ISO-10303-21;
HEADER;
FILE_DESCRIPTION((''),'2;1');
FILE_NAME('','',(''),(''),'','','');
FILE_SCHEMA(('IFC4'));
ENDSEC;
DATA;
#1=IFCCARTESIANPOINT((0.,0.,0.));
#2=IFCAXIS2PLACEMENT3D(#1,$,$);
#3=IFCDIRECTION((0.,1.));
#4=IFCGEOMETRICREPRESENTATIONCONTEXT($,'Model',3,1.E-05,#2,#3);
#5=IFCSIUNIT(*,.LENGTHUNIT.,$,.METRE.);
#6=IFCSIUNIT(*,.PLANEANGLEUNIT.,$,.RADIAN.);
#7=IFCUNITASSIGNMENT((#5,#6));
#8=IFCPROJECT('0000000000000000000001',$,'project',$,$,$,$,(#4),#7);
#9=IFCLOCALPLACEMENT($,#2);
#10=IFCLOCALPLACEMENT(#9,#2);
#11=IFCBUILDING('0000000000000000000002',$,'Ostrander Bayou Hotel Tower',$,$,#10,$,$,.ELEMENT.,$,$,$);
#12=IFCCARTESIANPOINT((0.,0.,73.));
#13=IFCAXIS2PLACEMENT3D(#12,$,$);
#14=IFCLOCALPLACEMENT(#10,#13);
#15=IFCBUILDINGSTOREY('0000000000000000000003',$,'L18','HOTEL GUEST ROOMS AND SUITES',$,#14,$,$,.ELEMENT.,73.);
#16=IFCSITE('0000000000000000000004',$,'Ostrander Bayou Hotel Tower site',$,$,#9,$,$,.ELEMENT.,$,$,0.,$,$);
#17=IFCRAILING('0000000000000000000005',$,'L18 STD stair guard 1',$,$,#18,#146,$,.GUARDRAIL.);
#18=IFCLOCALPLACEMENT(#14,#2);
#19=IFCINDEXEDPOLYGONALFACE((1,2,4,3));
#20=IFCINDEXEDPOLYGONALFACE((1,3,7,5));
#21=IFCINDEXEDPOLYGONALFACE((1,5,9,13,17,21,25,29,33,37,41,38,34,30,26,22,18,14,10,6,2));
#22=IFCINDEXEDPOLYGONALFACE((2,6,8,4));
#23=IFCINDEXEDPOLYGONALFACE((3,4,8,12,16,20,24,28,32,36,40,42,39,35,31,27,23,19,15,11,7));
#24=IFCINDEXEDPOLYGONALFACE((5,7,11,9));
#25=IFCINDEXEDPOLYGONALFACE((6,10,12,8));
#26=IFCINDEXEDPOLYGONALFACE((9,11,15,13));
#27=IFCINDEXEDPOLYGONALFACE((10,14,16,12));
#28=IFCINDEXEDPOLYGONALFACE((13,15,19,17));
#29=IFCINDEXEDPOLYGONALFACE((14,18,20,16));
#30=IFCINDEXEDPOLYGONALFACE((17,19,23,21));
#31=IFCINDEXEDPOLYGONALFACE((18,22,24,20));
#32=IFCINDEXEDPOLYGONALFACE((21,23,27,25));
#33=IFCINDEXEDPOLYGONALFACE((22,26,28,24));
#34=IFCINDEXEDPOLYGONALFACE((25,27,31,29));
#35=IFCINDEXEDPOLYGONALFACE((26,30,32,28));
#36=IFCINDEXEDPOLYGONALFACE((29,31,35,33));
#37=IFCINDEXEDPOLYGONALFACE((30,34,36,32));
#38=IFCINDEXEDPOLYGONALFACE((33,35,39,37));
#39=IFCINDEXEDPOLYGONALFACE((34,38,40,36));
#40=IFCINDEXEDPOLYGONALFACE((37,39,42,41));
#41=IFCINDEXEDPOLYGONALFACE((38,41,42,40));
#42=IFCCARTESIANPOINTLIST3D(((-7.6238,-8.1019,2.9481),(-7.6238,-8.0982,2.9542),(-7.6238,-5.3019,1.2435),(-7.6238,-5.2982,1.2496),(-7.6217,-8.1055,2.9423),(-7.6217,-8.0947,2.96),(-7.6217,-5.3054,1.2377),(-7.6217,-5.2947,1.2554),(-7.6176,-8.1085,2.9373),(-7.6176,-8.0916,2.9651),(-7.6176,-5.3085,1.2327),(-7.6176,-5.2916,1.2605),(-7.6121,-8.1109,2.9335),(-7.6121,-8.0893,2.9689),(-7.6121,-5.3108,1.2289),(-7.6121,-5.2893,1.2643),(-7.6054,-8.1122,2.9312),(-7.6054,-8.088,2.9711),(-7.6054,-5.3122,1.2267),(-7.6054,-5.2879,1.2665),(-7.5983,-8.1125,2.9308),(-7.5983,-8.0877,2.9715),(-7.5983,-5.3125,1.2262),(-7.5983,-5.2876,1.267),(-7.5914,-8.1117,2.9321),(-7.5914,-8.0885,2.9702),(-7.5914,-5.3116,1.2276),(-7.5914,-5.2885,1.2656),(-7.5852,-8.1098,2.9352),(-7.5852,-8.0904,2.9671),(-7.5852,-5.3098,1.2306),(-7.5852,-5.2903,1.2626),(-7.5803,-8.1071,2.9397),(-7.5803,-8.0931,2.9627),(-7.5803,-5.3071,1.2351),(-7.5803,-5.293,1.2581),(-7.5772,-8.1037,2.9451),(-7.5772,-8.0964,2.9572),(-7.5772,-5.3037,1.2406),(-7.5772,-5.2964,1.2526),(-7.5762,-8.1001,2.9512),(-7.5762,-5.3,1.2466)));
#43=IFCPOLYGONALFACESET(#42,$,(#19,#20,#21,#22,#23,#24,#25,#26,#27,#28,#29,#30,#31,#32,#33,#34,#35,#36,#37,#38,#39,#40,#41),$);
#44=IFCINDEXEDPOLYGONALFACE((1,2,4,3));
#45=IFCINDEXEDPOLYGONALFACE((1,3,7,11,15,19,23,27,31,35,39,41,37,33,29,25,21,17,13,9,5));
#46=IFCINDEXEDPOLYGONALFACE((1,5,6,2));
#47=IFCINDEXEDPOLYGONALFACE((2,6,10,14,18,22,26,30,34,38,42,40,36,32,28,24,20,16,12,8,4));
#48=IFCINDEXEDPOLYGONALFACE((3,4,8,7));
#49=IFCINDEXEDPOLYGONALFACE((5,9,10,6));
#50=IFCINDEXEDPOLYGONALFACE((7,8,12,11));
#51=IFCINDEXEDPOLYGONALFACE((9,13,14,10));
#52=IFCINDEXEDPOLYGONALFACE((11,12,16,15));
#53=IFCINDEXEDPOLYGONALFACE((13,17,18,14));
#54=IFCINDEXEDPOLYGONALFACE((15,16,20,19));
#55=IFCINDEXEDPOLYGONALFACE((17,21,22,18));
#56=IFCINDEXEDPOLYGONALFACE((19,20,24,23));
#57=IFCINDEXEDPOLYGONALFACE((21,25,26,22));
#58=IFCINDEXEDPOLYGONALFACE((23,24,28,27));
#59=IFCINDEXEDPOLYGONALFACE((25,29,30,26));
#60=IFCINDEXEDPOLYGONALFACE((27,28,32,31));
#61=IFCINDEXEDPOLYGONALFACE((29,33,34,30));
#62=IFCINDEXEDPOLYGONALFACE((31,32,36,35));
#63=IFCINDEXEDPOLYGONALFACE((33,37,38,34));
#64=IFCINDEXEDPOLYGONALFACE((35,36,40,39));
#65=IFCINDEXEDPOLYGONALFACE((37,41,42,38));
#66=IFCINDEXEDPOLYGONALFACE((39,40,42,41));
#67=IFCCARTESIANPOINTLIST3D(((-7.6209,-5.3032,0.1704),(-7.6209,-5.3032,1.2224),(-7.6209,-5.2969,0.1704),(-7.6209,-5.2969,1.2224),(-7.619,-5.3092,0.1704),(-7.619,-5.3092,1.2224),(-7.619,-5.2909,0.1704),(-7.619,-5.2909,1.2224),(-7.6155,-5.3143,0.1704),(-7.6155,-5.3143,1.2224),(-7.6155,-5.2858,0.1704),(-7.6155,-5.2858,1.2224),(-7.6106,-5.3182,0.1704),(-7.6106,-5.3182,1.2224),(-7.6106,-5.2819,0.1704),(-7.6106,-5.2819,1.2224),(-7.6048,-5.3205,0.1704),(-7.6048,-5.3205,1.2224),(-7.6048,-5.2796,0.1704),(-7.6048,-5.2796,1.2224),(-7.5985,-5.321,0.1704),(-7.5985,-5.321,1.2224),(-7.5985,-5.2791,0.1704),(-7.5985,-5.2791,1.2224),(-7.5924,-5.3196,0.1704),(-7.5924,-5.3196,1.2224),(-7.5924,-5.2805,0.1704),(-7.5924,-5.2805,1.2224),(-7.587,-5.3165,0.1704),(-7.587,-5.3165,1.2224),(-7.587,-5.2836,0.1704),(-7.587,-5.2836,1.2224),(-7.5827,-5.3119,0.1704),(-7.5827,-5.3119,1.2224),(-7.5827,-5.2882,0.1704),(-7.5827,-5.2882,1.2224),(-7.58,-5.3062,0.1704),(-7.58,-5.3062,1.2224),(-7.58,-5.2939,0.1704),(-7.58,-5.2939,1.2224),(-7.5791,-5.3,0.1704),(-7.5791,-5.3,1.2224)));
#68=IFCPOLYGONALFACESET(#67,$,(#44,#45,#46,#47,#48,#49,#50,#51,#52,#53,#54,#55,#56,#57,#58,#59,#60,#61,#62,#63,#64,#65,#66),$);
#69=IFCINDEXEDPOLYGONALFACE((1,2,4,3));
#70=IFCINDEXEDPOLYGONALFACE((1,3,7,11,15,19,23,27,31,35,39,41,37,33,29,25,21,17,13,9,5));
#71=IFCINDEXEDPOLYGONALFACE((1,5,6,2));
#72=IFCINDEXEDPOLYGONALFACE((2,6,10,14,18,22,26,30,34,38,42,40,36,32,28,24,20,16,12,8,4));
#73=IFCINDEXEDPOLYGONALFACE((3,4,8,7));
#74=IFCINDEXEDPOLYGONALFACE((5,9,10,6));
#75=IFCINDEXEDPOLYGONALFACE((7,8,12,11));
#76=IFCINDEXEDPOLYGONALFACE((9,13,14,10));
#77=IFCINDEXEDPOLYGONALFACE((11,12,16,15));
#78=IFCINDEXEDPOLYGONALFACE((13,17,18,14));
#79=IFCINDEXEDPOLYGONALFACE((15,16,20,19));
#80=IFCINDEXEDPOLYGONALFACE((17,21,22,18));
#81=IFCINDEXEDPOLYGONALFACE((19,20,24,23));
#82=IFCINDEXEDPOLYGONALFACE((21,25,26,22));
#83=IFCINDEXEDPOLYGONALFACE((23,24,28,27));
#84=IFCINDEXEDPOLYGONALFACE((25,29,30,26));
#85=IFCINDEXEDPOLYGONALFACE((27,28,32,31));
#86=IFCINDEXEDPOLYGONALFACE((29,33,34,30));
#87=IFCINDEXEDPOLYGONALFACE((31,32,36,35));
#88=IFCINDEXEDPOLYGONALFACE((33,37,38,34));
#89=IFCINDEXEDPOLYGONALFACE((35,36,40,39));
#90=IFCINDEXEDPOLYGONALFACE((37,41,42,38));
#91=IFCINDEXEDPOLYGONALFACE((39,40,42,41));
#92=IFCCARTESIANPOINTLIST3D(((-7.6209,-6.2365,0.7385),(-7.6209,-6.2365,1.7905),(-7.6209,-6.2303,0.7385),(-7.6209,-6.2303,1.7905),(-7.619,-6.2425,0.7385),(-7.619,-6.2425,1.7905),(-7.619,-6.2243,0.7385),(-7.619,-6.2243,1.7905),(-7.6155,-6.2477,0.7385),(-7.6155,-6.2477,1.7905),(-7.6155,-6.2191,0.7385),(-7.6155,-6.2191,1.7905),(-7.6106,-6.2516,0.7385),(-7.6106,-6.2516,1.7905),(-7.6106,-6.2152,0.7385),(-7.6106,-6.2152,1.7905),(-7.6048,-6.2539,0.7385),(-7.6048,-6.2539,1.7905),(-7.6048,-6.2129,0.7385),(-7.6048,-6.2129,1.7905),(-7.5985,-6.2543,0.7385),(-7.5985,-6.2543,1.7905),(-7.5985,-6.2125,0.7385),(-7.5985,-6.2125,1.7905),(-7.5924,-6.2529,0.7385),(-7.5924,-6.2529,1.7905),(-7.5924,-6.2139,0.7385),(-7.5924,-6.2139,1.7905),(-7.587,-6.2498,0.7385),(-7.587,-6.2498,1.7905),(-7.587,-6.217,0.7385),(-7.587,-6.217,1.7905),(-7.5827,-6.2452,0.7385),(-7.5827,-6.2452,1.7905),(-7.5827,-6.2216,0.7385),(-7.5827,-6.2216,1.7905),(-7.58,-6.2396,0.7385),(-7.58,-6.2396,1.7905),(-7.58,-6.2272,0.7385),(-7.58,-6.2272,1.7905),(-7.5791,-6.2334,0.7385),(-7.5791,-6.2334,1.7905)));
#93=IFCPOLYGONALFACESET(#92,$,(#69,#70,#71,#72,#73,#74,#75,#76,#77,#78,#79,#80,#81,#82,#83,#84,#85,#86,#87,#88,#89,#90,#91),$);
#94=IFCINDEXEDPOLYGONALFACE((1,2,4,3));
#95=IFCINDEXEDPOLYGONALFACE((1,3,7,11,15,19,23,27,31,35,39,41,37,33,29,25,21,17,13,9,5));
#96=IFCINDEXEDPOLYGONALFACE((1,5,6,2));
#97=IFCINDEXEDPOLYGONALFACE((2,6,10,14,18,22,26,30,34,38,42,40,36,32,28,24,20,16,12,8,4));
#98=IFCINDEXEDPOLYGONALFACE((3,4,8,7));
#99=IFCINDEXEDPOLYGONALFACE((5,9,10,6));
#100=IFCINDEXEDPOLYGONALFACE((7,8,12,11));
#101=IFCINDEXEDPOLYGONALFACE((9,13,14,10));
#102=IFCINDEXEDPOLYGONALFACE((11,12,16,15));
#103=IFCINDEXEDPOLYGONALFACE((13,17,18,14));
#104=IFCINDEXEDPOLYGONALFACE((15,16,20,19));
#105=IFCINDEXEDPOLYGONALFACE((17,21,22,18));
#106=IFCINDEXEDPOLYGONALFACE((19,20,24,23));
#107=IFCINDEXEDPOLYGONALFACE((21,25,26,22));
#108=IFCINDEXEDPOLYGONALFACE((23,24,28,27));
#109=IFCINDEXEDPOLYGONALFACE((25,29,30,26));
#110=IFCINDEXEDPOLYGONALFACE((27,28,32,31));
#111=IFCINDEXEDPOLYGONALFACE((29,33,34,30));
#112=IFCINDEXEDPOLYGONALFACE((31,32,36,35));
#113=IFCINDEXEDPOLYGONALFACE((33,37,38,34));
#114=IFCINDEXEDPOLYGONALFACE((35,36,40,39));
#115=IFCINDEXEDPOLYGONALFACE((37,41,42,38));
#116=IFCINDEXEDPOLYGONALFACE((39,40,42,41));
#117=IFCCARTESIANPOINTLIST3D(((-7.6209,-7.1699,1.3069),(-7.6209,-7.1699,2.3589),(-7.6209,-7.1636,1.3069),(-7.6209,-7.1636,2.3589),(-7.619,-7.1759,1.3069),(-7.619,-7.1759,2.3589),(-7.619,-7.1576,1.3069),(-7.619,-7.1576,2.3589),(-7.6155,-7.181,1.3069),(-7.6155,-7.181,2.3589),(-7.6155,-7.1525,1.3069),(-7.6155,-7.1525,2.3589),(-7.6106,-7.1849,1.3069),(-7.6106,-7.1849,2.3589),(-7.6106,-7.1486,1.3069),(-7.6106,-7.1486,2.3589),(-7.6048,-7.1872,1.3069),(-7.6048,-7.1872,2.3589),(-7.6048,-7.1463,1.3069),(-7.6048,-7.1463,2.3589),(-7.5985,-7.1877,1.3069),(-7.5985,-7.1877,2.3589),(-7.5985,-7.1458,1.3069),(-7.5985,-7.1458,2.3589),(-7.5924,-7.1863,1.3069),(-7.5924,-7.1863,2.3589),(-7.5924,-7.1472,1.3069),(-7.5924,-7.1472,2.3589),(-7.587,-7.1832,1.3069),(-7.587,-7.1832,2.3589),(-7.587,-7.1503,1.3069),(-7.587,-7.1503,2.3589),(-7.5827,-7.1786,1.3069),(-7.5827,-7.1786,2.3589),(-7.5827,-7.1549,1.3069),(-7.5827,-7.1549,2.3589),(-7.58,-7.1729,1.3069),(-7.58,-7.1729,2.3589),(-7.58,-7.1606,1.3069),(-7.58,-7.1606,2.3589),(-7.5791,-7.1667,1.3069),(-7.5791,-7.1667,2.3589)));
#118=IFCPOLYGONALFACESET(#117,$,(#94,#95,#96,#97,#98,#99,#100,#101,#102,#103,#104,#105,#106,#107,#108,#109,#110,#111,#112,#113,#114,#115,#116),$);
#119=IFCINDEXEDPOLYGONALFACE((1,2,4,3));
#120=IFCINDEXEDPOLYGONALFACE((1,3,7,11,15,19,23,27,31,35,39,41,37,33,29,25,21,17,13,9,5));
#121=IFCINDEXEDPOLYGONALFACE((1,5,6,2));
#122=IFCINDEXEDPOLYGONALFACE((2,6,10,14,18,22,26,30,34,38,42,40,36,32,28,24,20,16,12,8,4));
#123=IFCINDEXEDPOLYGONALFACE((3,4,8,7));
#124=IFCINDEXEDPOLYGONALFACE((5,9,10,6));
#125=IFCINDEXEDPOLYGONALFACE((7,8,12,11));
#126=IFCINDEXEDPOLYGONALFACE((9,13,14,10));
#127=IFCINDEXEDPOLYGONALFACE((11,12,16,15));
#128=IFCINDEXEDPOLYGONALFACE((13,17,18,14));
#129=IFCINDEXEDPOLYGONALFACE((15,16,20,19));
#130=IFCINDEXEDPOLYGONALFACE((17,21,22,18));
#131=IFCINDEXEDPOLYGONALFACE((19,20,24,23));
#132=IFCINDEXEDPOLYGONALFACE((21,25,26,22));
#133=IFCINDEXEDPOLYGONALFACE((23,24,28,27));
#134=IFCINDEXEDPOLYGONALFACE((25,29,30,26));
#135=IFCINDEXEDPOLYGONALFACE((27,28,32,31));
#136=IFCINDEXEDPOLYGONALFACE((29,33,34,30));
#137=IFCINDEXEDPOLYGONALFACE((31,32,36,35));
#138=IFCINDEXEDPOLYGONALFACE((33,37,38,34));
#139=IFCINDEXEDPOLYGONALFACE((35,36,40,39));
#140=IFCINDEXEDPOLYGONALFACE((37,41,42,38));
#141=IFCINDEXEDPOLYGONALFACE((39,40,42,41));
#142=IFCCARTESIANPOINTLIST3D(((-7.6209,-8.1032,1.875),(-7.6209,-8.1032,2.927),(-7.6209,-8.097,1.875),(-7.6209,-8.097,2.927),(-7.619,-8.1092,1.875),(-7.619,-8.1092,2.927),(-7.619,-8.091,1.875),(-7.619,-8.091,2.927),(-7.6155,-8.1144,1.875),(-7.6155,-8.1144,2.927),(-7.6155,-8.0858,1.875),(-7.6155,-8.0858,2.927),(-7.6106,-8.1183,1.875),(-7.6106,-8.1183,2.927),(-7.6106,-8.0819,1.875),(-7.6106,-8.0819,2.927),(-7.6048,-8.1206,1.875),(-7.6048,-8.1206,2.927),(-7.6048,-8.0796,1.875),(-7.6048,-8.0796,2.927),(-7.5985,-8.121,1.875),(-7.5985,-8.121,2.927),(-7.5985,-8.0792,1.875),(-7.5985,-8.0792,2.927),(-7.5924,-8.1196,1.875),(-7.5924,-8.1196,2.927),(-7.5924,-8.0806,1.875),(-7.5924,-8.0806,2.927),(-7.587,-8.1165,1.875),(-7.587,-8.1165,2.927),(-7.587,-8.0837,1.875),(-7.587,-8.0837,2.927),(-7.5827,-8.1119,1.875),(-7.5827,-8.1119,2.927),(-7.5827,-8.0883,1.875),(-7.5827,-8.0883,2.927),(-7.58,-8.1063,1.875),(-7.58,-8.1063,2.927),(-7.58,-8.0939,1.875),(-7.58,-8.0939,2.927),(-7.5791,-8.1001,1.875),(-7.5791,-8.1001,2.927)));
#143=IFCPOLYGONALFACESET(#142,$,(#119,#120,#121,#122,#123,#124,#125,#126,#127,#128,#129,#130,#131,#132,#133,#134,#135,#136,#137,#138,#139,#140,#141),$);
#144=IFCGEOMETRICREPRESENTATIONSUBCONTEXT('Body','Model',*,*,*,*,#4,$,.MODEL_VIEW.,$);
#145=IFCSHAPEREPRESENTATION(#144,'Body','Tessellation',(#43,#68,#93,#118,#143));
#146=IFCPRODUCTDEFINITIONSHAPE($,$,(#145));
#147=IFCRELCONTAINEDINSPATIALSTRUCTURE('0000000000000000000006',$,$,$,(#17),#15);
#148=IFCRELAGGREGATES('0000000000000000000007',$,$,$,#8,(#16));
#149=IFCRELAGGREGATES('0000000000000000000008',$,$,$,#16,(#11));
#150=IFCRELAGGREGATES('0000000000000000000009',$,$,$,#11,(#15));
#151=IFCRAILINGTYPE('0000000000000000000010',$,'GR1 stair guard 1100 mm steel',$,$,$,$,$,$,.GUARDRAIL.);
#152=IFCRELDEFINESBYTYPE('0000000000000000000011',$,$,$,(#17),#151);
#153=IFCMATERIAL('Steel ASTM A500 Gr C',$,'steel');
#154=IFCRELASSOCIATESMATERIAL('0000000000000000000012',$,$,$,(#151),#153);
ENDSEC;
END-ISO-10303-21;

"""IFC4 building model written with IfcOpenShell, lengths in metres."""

from ifc_helpers import new_model, si_unit, direction, frame, origin, origin_2d, place, context, subcontext, project, spatial, circle, extrude, material, type_object, element, save


model = new_model("IFC4")

# Units and contexts
model_context = context("Model", 3, precision=1e-05, world=origin(), true_north=direction((0.0, 1.0)))
body_context = subcontext(model_context, "Body", "Model", "MODEL_VIEW")
ifc_project = project(units=[si_unit("LENGTHUNIT", "METRE"), si_unit("PLANEANGLEUNIT", "RADIAN")], contexts=[model_context])

# Site, building, storey
site_placement = place(None, origin())
site = spatial("IfcSite", under=ifc_project, at=site_placement, Name="Ostrander Bayou Hotel Tower site", CompositionType="ELEMENT", RefElevation=0.0)
building_placement = place(site_placement, origin())
building = spatial("IfcBuilding", under=site, at=building_placement, Name="Ostrander Bayou Hotel Tower", CompositionType="ELEMENT")
storey_placement = place(building_placement, frame((0.0, 0.0, 73.0)))
storey = spatial("IfcBuildingStorey", under=building, at=storey_placement, Name="L18", Description="HOTEL GUEST ROOMS AND SUITES", CompositionType="ELEMENT", Elevation=73.0)

# Railing
ifc_material_1 = material(Name="Steel ASTM A500 Gr C", Category="steel")
railing_type_1 = type_object("IfcRailingType", Name="GR1 stair guard 1100 mm steel", PredefinedType="GUARDRAIL", material=ifc_material_1)
railing_1_placement = place(storey_placement, frame((-7.6001, -5.3, 0.1704)))
element("IfcRailing", 1, at=railing_1_placement, inside=storey, type_object=railing_type_1, Name="L18 STD stair guard 1", PredefinedType="GUARDRAIL", context=body_context, shape_type="SweptSolid", body=[
    extrude(circle(Radius=0.0239, at=origin_2d()), frame((0.0, 0.0, 1.0762), z_axis=(0.0, -0.85417, 0.519994), x_axis=(1.0, 0.0, 0.0)), (0.0, 0.0, 1.0), 3.2781),
    extrude(circle(Radius=0.021, at=origin_2d()), origin(), (0.0, 0.0, 1.0), 1.052),
    extrude(circle(Radius=0.021, at=origin_2d()), frame((0.0, -0.9333, 0.5681)), (0.0, 0.0, 1.0), 1.052),
    extrude(circle(Radius=0.021, at=origin_2d()), frame((0.0, -1.8667, 1.1365)), (0.0, 0.0, 1.0), 1.052),
    extrude(circle(Radius=0.021, at=origin_2d()), frame((0.0, -2.8, 1.7046)), (0.0, 0.0, 1.0), 1.052),
])

save(model, "model.ifc")
